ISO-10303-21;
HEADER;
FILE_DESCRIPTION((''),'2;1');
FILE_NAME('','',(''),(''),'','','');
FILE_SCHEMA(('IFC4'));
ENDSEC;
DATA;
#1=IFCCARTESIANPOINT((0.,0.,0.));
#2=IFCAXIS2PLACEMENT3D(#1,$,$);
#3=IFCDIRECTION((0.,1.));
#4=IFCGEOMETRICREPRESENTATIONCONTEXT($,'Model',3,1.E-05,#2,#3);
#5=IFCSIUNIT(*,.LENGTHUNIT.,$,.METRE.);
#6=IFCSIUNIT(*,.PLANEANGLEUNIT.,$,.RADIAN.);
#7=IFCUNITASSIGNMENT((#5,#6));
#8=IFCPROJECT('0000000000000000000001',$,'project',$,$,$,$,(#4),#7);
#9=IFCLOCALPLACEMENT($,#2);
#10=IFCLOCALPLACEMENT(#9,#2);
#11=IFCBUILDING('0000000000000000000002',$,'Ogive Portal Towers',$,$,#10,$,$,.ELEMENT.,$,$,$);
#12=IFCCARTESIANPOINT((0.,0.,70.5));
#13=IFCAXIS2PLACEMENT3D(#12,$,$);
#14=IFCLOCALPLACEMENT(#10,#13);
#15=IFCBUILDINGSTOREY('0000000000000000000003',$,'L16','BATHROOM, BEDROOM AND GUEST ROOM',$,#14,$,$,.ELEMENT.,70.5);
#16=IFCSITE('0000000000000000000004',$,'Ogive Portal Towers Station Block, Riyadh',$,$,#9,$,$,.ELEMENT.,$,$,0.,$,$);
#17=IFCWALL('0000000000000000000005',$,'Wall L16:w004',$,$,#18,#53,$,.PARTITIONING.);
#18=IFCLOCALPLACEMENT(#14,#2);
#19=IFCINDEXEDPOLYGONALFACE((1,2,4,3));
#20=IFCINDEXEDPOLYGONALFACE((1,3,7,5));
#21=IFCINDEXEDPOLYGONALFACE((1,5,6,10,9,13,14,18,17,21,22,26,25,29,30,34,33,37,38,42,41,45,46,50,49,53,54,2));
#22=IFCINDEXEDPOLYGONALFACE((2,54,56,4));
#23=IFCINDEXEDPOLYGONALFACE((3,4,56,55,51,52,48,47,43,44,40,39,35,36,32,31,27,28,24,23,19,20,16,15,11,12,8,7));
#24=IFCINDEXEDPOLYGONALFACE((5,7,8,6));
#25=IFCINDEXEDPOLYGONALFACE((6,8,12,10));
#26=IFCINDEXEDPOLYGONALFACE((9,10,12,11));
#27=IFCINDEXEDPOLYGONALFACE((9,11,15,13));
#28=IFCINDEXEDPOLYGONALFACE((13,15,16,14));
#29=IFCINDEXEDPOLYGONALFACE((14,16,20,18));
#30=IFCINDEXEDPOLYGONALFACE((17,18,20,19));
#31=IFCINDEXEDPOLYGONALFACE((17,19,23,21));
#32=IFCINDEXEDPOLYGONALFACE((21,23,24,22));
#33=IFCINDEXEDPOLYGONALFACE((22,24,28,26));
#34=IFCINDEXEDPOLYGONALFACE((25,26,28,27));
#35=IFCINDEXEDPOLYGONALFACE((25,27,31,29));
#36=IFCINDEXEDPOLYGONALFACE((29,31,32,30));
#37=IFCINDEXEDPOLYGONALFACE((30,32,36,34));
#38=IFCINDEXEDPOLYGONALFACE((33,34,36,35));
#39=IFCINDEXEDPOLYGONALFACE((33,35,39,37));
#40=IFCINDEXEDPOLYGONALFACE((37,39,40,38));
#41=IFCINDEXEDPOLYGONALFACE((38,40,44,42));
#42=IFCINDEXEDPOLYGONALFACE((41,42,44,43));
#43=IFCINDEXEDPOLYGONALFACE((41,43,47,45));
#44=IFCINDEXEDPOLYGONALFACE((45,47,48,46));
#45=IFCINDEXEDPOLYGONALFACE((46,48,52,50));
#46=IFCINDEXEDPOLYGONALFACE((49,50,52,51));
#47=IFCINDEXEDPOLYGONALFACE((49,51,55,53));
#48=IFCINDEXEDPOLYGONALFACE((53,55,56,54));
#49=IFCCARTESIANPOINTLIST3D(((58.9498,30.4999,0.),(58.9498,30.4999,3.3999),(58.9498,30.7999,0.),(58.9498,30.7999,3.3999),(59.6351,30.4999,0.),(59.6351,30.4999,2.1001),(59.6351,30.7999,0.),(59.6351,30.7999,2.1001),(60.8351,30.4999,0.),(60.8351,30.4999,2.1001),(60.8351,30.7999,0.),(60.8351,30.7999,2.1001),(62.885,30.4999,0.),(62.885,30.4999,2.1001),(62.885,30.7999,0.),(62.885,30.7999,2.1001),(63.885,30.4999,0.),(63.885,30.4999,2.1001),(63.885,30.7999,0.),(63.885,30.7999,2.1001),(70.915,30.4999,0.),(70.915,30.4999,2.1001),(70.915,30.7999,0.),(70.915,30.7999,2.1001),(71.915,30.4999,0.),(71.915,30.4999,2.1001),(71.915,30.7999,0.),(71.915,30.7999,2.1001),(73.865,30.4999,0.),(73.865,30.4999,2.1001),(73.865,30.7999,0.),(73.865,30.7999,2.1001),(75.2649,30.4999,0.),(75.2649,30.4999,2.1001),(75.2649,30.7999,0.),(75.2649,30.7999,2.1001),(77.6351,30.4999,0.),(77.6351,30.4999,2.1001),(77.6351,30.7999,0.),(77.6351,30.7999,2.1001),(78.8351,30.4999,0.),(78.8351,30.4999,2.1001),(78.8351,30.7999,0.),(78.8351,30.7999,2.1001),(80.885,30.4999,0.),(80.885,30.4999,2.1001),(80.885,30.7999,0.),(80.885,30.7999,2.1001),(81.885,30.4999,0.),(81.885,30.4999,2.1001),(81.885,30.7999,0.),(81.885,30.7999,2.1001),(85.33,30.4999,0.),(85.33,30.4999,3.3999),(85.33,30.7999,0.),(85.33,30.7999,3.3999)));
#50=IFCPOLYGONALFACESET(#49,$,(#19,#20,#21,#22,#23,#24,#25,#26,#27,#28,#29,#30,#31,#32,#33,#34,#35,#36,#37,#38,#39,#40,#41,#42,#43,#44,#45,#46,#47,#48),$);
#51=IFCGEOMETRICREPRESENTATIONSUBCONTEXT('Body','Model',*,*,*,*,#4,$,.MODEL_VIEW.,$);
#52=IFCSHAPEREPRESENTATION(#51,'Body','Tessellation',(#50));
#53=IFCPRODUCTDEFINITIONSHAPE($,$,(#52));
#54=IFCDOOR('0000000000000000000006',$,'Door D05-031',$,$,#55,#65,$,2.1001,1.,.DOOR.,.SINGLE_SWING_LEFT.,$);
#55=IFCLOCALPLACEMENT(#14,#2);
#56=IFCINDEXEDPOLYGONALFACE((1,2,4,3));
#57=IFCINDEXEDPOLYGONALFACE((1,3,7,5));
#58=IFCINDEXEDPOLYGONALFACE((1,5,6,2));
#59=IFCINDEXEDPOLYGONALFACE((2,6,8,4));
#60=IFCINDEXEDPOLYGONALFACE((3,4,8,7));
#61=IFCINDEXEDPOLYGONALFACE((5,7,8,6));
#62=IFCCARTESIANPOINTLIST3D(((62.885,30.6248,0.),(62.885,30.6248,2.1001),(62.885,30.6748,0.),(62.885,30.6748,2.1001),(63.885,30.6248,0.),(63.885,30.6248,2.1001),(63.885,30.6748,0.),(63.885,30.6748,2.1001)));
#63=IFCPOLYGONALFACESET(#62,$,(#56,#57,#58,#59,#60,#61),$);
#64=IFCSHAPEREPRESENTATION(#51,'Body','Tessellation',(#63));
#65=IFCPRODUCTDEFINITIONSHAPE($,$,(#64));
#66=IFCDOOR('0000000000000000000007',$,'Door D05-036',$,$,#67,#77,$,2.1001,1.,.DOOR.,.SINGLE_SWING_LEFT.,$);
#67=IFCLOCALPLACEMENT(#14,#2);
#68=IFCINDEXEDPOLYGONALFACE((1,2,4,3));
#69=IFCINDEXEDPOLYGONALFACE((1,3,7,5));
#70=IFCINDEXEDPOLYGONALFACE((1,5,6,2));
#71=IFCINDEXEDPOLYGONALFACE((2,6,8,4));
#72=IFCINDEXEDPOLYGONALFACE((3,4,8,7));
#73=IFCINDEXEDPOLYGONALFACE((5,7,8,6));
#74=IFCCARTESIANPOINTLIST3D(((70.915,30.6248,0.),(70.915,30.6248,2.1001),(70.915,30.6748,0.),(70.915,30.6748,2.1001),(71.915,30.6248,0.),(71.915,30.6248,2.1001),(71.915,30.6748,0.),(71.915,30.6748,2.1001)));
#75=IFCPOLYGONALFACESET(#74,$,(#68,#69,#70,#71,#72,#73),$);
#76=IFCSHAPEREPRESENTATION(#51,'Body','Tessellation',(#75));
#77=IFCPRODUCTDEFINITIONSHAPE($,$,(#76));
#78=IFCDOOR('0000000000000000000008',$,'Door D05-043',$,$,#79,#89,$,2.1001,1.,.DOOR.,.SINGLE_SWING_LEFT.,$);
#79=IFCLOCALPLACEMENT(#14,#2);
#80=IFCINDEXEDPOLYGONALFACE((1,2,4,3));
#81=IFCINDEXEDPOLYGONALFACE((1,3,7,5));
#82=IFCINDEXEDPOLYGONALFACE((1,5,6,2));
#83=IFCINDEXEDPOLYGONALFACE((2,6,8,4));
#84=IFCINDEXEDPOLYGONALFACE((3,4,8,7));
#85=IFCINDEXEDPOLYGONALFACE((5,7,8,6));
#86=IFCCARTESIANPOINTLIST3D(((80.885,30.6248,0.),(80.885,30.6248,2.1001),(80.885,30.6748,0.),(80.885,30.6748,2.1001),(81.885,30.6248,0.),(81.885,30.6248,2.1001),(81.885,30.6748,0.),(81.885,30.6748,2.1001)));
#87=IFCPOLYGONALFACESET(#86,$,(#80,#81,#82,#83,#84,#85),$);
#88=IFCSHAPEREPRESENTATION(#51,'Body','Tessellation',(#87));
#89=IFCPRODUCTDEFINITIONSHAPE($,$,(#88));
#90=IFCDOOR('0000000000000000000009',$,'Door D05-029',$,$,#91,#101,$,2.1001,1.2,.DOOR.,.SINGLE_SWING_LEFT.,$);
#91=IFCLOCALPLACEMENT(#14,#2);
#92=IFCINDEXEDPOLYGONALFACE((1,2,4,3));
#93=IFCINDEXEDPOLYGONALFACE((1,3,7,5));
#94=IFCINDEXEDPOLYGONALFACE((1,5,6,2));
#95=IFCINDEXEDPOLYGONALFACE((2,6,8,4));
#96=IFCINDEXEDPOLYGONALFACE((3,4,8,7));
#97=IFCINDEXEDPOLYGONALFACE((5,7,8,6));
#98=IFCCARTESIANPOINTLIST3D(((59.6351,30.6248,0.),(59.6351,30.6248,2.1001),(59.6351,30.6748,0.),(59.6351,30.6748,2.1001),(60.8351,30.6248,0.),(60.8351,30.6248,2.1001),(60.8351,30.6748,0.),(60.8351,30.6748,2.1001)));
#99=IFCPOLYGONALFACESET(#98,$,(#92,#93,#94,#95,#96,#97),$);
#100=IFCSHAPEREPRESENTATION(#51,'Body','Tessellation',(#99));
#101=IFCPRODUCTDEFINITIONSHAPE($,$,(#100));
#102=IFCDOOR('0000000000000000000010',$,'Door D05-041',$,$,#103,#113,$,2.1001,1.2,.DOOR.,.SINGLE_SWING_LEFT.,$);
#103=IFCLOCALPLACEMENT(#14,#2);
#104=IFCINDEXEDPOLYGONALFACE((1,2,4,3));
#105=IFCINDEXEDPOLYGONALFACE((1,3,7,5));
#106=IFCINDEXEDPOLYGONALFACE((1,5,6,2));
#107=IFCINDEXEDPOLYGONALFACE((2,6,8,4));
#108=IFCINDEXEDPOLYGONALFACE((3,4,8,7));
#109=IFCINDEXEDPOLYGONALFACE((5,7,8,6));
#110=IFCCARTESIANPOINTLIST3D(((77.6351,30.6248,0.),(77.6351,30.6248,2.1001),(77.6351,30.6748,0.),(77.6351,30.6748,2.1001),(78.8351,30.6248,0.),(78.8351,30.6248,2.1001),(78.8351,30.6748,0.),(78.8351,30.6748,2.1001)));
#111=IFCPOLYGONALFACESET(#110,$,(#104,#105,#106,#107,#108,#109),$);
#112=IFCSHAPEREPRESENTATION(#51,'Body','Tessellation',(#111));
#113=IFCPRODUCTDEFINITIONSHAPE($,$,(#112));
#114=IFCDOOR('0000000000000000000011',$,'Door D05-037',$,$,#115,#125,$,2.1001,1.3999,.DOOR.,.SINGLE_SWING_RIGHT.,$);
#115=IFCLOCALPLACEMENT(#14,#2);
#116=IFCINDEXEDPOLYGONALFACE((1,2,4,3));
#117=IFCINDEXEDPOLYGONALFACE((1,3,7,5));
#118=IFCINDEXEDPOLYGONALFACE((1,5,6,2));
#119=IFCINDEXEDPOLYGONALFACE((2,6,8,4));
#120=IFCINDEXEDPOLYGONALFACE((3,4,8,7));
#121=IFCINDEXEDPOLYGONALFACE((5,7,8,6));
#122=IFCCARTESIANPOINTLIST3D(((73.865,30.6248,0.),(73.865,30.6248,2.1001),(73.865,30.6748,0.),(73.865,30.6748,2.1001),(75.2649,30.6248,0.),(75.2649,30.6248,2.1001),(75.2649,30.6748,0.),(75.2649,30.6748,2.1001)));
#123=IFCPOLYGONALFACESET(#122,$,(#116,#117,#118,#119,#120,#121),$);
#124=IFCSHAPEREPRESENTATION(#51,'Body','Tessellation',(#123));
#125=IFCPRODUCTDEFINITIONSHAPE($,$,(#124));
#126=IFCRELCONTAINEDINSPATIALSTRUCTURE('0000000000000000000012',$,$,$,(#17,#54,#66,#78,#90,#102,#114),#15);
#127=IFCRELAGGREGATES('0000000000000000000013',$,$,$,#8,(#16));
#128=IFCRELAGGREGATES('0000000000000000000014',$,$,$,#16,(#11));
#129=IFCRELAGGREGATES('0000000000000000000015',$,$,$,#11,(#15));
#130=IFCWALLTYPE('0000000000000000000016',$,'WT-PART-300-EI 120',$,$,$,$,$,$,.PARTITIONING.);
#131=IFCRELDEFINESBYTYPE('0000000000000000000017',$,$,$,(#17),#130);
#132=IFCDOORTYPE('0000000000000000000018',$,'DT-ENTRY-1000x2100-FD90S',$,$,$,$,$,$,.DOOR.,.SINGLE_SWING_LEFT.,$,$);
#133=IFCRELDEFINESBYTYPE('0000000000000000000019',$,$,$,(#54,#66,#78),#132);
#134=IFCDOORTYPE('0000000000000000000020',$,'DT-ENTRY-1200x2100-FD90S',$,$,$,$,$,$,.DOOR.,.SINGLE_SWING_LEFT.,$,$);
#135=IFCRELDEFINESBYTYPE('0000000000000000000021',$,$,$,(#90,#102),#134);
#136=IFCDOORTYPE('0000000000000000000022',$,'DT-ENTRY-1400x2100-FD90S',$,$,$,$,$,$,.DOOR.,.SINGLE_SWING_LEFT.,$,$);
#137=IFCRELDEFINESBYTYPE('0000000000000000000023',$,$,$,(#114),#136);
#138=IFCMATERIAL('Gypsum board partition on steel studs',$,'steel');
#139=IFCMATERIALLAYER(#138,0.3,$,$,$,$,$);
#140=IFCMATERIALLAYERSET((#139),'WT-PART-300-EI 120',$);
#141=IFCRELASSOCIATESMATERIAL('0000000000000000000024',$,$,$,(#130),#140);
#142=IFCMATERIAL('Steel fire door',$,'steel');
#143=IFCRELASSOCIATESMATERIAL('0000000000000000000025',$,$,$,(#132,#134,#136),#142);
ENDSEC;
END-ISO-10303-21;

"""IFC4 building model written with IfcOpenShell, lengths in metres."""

from ifc_helpers import new_model, si_unit, direction, frame, frame_2d, origin, place, context, subcontext, project, spatial, rectangle, extrude, material, layer, layer_set, type_object, element, fill, save


model = new_model("IFC4")

# Units and contexts
model_context = context("Model", 3, precision=1e-05, world=origin(), true_north=direction((0.0, 1.0)))
body_context = subcontext(model_context, "Body", "Model", "MODEL_VIEW")
ifc_project = project(units=[si_unit("LENGTHUNIT", "METRE"), si_unit("PLANEANGLEUNIT", "RADIAN")], contexts=[model_context])

# Site, building, storey
site_placement = place(None, origin())
site = spatial("IfcSite", under=ifc_project, at=site_placement, Name="Ogive Portal Towers Station Block, Riyadh", CompositionType="ELEMENT", RefElevation=0.0)
building_placement = place(site_placement, origin())
building = spatial("IfcBuilding", under=site, at=building_placement, Name="Ogive Portal Towers", CompositionType="ELEMENT")
storey_placement = place(building_placement, frame((0.0, 0.0, 70.5)))
storey = spatial("IfcBuildingStorey", under=building, at=storey_placement, Name="L16", Description="BATHROOM, BEDROOM AND GUEST ROOM", CompositionType="ELEMENT", Elevation=70.5)

# Shared definitions
ifc_material_1 = material(Name="Gypsum board partition on steel studs", Category="steel")
ifc_material_2 = material(Name="Steel fire door", Category="steel")

# Wall, openings, doors
ifc_layer_1 = layer(ifc_material_1, 0.3)
ifc_layer_set_1 = layer_set([ifc_layer_1], Name="WT-PART-300-EI 120")
wall_type_1 = type_object("IfcWallType", Name="WT-PART-300-EI 120", PredefinedType="PARTITIONING", material=ifc_layer_set_1)
wall_1_placement = place(storey_placement, frame((58.95, 30.6499, 0.0), z_axis=(0.0, 0.0, 1.0), x_axis=(1.0, 0.0, 0.0)))
wall_1 = element("IfcWall", 1, at=wall_1_placement, inside=storey, type_object=wall_type_1, Name="Wall L16:w004", PredefinedType="PARTITIONING", context=body_context, shape_type="SweptSolid", body=[
    extrude(rectangle(XDim=26.3801, YDim=0.3, at=frame_2d((13.1899, 0.0))), origin(), (0.0, 0.0, 1.0), 3.3999),
])
opening_1_placement = place(wall_1_placement, frame((0.6851, 0.0, 0.0)))
opening_1 = element("IfcOpeningElement", 2, at=opening_1_placement, cuts=wall_1, PredefinedType="OPENING", context=body_context, shape_type="SweptSolid", body=[
    extrude(rectangle(XDim=1.2, YDim=2.1001, at=frame_2d((0.6001, 1.05))), frame((0.0, 0.1602, 0.0), z_axis=(0.0, -1.0, 0.0), x_axis=(1.0, 0.0, 0.0)), (0.0, 0.0, 1.0), 0.3201),
])
opening_2_placement = place(wall_1_placement, frame((3.9351, 0.0, 0.0)))
opening_2 = element("IfcOpeningElement", 3, at=opening_2_placement, cuts=wall_1, PredefinedType="OPENING", context=body_context, shape_type="SweptSolid", body=[
    extrude(rectangle(XDim=1.0, YDim=2.1001, at=frame_2d((0.5, 1.05))), frame((0.0, 0.1602, 0.0), z_axis=(0.0, -1.0, 0.0), x_axis=(1.0, 0.0, 0.0)), (0.0, 0.0, 1.0), 0.3201),
])
opening_3_placement = place(wall_1_placement, frame((11.9651, 0.0, 0.0)))
opening_3 = element("IfcOpeningElement", 4, at=opening_3_placement, cuts=wall_1, PredefinedType="OPENING", context=body_context, shape_type="SweptSolid", body=[
    extrude(rectangle(XDim=1.0, YDim=2.1001, at=frame_2d((0.5, 1.05))), frame((0.0, 0.1602, 0.0), z_axis=(0.0, -1.0, 0.0), x_axis=(1.0, 0.0, 0.0)), (0.0, 0.0, 1.0), 0.3201),
])
opening_4_placement = place(wall_1_placement, frame((14.915, 0.0, 0.0)))
opening_4 = element("IfcOpeningElement", 5, at=opening_4_placement, cuts=wall_1, PredefinedType="OPENING", context=body_context, shape_type="SweptSolid", body=[
    extrude(rectangle(XDim=1.3999, YDim=2.1001, at=frame_2d((0.7, 1.05))), frame((0.0, 0.1602, 0.0), z_axis=(0.0, -1.0, 0.0), x_axis=(1.0, 0.0, 0.0)), (0.0, 0.0, 1.0), 0.3201),
])
opening_5_placement = place(wall_1_placement, frame((18.6851, 0.0, 0.0)))
opening_5 = element("IfcOpeningElement", 6, at=opening_5_placement, cuts=wall_1, PredefinedType="OPENING", context=body_context, shape_type="SweptSolid", body=[
    extrude(rectangle(XDim=1.2, YDim=2.1001, at=frame_2d((0.6001, 1.05))), frame((0.0, 0.1602, 0.0), z_axis=(0.0, -1.0, 0.0), x_axis=(1.0, 0.0, 0.0)), (0.0, 0.0, 1.0), 0.3201),
])
opening_6_placement = place(wall_1_placement, frame((21.9351, 0.0, 0.0)))
opening_6 = element("IfcOpeningElement", 7, at=opening_6_placement, cuts=wall_1, PredefinedType="OPENING", context=body_context, shape_type="SweptSolid", body=[
    extrude(rectangle(XDim=1.0, YDim=2.1001, at=frame_2d((0.5, 1.05))), frame((0.0, 0.1602, 0.0), z_axis=(0.0, -1.0, 0.0), x_axis=(1.0, 0.0, 0.0)), (0.0, 0.0, 1.0), 0.3201),
])
door_type_1 = type_object("IfcDoorType", Name="DT-ENTRY-1000x2100-FD90S", OperationType="SINGLE_SWING_LEFT", PredefinedType="DOOR", material=ifc_material_2)
door_1_placement = place(opening_2_placement, origin())
door_1 = element("IfcDoor", 8, at=door_1_placement, inside=storey, type_object=door_type_1, Name="Door D05-031", OperationType="SINGLE_SWING_LEFT", OverallHeight=2.1001, OverallWidth=1.0, PredefinedType="DOOR", context=body_context, shape_type="SweptSolid", body=[
    extrude(rectangle(XDim=1.0, YDim=2.1001, at=frame_2d((0.5, 1.05))), frame((0.0, 0.0249, 0.0), z_axis=(0.0, -1.0, 0.0), x_axis=(1.0, 0.0, 0.0)), (0.0, 0.0, 1.0), 0.05),
])
fill(opening_2, door_1)
door_2_placement = place(opening_3_placement, origin())
door_2 = element("IfcDoor", 9, at=door_2_placement, inside=storey, type_object=door_type_1, Name="Door D05-036", OperationType="SINGLE_SWING_LEFT", OverallHeight=2.1001, OverallWidth=1.0, PredefinedType="DOOR", context=body_context, shape_type="SweptSolid", body=[
    extrude(rectangle(XDim=1.0, YDim=2.1001, at=frame_2d((0.5, 1.05))), frame((0.0, 0.0249, 0.0), z_axis=(0.0, -1.0, 0.0), x_axis=(1.0, 0.0, 0.0)), (0.0, 0.0, 1.0), 0.05),
])
fill(opening_3, door_2)
door_3_placement = place(opening_6_placement, origin())
door_3 = element("IfcDoor", 10, at=door_3_placement, inside=storey, type_object=door_type_1, Name="Door D05-043", OperationType="SINGLE_SWING_LEFT", OverallHeight=2.1001, OverallWidth=1.0, PredefinedType="DOOR", context=body_context, shape_type="SweptSolid", body=[
    extrude(rectangle(XDim=1.0, YDim=2.1001, at=frame_2d((0.5, 1.05))), frame((0.0, 0.0249, 0.0), z_axis=(0.0, -1.0, 0.0), x_axis=(1.0, 0.0, 0.0)), (0.0, 0.0, 1.0), 0.05),
])
fill(opening_6, door_3)
door_type_2 = type_object("IfcDoorType", Name="DT-ENTRY-1200x2100-FD90S", OperationType="SINGLE_SWING_LEFT", PredefinedType="DOOR", material=ifc_material_2)
door_4_placement = place(opening_1_placement, origin())
door_4 = element("IfcDoor", 11, at=door_4_placement, inside=storey, type_object=door_type_2, Name="Door D05-029", OperationType="SINGLE_SWING_LEFT", OverallHeight=2.1001, OverallWidth=1.2, PredefinedType="DOOR", context=body_context, shape_type="SweptSolid", body=[
    extrude(rectangle(XDim=1.2, YDim=2.1001, at=frame_2d((0.6001, 1.05))), frame((0.0, 0.0249, 0.0), z_axis=(0.0, -1.0, 0.0), x_axis=(1.0, 0.0, 0.0)), (0.0, 0.0, 1.0), 0.05),
])
fill(opening_1, door_4)
door_5_placement = place(opening_5_placement, origin())
door_5 = element("IfcDoor", 12, at=door_5_placement, inside=storey, type_object=door_type_2, Name="Door D05-041", OperationType="SINGLE_SWING_LEFT", OverallHeight=2.1001, OverallWidth=1.2, PredefinedType="DOOR", context=body_context, shape_type="SweptSolid", body=[
    extrude(rectangle(XDim=1.2, YDim=2.1001, at=frame_2d((0.6001, 1.05))), frame((0.0, 0.0249, 0.0), z_axis=(0.0, -1.0, 0.0), x_axis=(1.0, 0.0, 0.0)), (0.0, 0.0, 1.0), 0.05),
])
fill(opening_5, door_5)
door_type_3 = type_object("IfcDoorType", Name="DT-ENTRY-1400x2100-FD90S", OperationType="SINGLE_SWING_LEFT", PredefinedType="DOOR", material=ifc_material_2)
door_6_placement = place(opening_4_placement, origin())
door_6 = element("IfcDoor", 13, at=door_6_placement, inside=storey, type_object=door_type_3, Name="Door D05-037", OperationType="SINGLE_SWING_RIGHT", OverallHeight=2.1001, OverallWidth=1.3999, PredefinedType="DOOR", context=body_context, shape_type="SweptSolid", body=[
    extrude(rectangle(XDim=1.3999, YDim=2.1001, at=frame_2d((0.7, 1.05))), frame((0.0, 0.0249, 0.0), z_axis=(0.0, -1.0, 0.0), x_axis=(1.0, 0.0, 0.0)), (0.0, 0.0, 1.0), 0.05),
])
fill(opening_4, door_6)

save(model, "model.ifc")
